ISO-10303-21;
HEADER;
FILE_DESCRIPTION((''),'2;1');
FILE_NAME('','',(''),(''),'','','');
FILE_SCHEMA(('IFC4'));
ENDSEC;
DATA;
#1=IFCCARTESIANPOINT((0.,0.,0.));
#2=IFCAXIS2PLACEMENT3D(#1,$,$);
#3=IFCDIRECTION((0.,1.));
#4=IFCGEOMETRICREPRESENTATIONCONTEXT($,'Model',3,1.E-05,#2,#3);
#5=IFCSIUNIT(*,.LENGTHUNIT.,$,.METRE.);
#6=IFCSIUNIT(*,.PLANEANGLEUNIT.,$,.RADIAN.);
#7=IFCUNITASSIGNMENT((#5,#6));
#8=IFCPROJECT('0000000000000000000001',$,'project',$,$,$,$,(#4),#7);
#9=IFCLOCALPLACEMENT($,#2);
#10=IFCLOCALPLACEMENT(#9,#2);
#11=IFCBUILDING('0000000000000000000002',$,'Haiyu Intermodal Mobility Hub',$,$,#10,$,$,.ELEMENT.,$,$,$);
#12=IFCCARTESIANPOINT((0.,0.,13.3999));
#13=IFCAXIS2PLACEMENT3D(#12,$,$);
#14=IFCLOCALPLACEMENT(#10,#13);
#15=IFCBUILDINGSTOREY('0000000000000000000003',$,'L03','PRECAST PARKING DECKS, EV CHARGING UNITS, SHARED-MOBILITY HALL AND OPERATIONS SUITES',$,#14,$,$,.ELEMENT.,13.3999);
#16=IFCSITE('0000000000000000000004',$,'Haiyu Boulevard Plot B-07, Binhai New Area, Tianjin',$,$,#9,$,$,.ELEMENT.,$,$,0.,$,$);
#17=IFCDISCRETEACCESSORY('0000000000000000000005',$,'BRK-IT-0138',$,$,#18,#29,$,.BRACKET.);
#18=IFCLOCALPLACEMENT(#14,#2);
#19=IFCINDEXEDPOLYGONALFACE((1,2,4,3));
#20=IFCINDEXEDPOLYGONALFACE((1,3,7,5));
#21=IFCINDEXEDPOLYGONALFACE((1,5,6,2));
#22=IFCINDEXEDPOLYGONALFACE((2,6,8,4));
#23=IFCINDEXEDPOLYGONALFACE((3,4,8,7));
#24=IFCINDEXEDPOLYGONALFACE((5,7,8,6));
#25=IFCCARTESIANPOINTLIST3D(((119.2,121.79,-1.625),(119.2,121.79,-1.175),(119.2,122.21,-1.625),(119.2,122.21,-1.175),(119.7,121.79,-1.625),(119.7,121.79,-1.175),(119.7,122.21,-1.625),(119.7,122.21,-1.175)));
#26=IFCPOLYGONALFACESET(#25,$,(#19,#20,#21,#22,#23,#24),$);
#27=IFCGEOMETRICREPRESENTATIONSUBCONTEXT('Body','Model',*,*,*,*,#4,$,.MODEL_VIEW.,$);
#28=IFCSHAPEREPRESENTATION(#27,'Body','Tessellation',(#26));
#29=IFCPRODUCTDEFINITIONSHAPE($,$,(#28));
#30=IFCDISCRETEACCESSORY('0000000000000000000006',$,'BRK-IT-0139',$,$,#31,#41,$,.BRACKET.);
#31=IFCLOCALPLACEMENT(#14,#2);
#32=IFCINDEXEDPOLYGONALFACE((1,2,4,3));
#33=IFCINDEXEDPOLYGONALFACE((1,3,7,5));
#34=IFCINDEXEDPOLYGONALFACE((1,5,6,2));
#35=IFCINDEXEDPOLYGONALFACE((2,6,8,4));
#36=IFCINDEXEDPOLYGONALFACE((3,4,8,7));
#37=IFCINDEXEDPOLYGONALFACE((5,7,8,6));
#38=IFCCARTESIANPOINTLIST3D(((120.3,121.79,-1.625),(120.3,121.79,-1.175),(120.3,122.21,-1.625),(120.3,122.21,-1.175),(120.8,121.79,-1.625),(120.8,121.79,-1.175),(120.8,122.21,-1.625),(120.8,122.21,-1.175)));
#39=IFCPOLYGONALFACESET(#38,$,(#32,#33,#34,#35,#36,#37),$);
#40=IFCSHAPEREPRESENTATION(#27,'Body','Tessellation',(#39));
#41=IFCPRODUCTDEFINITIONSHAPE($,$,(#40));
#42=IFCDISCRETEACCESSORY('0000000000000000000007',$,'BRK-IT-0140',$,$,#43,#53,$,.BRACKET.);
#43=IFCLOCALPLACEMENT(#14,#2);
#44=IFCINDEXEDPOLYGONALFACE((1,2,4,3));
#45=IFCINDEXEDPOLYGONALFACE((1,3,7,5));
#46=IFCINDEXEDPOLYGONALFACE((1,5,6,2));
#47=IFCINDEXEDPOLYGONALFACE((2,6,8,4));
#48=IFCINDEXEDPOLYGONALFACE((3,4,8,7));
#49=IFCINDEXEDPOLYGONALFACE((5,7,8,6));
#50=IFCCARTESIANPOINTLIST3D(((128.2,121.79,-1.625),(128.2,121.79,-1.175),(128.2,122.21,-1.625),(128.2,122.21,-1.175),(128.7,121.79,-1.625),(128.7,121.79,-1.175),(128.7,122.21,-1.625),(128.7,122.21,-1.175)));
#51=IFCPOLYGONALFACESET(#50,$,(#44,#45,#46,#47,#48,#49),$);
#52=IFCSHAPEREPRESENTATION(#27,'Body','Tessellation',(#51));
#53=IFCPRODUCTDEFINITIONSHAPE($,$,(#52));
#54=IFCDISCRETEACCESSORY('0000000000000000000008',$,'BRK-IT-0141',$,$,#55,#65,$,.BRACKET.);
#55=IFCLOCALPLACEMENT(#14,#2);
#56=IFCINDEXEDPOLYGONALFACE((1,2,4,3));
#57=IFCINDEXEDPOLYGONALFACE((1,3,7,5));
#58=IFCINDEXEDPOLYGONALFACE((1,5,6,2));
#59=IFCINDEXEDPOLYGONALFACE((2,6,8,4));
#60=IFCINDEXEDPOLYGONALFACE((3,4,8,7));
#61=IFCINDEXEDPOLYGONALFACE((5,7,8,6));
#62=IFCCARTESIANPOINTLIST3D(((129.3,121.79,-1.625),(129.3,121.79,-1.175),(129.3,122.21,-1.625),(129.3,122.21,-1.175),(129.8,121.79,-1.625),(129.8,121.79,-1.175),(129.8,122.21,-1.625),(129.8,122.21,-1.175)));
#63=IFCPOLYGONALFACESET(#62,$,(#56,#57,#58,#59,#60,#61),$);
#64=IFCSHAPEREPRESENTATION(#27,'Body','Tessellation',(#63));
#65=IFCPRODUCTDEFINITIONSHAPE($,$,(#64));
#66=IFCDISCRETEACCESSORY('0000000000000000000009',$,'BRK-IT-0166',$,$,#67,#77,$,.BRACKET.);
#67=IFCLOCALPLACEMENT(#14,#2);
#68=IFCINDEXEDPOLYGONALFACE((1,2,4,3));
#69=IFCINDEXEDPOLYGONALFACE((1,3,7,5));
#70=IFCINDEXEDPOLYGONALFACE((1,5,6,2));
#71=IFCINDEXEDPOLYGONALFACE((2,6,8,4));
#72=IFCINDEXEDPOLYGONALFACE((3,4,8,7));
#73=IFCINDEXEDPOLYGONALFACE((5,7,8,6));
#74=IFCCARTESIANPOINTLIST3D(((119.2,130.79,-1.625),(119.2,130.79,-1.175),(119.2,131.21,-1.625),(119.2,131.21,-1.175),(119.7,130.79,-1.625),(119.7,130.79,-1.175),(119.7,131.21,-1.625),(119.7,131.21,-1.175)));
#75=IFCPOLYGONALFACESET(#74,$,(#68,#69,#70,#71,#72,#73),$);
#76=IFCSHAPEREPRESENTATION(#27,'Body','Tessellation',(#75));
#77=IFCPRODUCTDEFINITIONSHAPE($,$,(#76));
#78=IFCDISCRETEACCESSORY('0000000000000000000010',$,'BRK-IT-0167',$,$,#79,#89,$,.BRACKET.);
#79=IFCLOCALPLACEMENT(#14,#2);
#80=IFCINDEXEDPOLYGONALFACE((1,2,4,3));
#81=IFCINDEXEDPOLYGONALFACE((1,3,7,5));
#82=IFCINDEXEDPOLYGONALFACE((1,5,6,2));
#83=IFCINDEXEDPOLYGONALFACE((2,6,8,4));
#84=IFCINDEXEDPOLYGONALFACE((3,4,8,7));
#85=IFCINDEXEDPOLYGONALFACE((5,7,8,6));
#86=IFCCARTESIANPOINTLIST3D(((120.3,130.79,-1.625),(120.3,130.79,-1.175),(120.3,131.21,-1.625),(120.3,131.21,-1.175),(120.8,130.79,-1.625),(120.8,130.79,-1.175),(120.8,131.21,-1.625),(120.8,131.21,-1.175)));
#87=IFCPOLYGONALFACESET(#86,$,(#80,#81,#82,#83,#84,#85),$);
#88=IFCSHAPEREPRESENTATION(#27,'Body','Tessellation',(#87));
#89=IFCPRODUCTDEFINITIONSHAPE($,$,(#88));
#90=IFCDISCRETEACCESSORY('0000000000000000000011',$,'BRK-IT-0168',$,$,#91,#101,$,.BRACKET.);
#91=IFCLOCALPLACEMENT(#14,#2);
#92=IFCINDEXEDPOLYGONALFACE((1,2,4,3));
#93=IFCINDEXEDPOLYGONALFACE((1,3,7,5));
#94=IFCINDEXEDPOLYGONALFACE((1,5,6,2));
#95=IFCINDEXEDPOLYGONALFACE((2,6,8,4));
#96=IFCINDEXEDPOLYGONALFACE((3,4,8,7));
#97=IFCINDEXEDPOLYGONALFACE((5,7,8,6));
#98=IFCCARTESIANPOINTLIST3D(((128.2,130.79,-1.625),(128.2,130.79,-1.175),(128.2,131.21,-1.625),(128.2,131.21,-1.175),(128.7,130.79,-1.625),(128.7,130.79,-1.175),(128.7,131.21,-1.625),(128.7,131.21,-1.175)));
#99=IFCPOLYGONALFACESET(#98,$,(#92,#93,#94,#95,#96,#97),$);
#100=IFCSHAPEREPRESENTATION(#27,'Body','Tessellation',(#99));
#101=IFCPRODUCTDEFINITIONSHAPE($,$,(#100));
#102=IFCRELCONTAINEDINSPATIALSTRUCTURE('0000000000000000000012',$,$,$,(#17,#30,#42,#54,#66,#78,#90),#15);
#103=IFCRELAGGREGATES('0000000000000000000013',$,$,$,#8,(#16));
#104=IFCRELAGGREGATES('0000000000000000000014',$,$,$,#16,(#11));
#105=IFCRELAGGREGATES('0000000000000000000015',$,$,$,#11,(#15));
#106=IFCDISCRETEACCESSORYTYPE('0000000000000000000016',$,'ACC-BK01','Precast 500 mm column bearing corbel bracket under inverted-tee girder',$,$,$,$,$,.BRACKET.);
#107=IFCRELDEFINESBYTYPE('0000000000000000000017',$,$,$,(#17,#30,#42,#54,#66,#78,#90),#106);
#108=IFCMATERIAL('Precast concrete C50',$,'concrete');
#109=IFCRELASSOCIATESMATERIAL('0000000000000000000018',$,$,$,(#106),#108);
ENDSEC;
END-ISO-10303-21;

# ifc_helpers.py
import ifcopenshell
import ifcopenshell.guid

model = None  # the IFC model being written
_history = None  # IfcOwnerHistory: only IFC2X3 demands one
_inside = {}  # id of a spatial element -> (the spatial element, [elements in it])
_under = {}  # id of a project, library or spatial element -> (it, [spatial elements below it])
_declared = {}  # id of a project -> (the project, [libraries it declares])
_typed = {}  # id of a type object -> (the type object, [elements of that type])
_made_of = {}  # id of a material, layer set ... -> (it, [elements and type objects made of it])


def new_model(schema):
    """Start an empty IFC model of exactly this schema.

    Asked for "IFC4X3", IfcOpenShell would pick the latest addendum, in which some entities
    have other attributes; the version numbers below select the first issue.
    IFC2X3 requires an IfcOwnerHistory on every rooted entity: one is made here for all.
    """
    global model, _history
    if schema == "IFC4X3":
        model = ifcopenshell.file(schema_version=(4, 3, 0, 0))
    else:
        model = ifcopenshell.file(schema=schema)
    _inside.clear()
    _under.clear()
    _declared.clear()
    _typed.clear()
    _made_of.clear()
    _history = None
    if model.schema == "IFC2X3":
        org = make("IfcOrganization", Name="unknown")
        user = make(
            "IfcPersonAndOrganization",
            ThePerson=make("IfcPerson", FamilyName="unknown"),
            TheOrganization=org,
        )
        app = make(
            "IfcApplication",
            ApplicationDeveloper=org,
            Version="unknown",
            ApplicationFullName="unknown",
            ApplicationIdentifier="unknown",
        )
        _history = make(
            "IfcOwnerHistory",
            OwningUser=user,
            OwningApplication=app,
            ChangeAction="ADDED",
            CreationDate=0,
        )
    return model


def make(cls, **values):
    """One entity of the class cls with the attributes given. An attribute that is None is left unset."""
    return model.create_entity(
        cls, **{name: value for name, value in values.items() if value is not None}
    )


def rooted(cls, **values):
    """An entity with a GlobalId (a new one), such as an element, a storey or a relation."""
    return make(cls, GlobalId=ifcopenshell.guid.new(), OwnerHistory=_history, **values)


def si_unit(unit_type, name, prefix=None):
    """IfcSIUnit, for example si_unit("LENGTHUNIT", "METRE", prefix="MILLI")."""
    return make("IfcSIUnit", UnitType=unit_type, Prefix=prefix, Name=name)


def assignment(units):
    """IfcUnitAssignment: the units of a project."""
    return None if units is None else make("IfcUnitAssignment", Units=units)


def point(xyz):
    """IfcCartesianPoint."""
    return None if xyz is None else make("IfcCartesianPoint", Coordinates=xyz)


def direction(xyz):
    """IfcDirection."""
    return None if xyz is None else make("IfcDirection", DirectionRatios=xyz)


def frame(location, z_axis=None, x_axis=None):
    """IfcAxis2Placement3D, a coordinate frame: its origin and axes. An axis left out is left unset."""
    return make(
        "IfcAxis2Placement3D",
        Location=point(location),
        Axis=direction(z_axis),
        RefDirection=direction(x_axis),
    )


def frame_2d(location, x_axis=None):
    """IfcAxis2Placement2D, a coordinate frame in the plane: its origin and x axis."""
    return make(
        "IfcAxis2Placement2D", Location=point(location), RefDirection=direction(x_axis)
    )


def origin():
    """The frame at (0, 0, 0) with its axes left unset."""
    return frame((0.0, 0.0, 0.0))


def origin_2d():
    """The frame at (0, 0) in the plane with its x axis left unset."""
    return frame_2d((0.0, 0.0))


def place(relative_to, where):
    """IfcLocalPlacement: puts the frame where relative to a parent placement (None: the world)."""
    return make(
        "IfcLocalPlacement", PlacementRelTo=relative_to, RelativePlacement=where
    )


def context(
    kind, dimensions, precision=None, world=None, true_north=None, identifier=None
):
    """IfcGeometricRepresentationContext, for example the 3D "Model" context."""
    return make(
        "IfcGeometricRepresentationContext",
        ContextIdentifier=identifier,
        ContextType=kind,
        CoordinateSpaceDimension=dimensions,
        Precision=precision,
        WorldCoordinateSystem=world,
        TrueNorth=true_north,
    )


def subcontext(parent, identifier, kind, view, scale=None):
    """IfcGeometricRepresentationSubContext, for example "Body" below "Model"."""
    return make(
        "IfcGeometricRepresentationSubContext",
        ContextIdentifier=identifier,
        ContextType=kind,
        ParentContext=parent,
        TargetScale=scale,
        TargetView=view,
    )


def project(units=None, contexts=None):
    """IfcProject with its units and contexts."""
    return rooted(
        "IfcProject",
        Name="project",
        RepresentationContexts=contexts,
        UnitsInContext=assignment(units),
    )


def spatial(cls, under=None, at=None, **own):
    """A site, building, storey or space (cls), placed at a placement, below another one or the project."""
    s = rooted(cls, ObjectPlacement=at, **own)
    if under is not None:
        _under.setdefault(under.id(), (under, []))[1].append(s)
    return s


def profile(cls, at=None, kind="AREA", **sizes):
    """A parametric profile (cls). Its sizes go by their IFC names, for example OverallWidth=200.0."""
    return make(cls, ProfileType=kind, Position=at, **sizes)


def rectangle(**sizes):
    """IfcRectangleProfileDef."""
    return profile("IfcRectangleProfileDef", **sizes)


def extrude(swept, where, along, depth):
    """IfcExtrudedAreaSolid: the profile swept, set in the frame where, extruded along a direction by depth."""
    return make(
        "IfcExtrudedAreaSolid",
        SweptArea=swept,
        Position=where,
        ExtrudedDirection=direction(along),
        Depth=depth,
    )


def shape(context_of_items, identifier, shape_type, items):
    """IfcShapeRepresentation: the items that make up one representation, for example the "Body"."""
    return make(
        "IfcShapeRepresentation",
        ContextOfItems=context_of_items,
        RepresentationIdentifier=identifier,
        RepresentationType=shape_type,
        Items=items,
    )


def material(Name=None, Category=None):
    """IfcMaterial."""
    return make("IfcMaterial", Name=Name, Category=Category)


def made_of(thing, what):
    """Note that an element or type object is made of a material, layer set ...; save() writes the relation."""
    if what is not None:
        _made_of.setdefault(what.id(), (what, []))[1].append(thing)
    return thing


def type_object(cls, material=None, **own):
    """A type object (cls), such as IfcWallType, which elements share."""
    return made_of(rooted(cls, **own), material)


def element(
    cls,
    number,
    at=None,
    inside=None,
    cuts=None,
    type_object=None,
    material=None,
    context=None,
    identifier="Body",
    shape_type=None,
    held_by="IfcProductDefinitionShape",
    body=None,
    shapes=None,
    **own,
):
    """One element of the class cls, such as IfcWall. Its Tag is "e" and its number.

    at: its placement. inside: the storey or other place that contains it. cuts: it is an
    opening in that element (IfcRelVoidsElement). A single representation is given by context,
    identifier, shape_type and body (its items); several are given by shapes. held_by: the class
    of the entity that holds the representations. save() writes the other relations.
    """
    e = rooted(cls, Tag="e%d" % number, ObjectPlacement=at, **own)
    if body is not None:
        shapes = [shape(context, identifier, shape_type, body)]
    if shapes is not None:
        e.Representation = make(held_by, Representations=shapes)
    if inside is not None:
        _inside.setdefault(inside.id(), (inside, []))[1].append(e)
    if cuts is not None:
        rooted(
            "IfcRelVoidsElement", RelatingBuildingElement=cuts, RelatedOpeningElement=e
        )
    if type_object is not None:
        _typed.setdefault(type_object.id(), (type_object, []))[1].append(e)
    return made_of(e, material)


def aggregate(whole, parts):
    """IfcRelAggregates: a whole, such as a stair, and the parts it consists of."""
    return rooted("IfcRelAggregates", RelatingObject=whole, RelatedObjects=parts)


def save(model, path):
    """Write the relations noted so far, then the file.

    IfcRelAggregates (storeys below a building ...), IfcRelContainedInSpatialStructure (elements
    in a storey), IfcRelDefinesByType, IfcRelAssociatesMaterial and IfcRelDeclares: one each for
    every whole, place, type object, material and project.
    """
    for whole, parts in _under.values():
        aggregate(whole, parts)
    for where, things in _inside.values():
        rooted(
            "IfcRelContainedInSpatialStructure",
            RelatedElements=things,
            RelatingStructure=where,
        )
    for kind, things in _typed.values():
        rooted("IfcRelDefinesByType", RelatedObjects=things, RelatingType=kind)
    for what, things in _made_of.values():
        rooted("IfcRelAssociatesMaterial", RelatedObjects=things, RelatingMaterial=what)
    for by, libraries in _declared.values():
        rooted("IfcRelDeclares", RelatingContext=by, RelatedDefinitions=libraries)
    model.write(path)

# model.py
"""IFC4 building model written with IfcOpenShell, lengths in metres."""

from ifc_helpers import new_model, si_unit, direction, frame, origin, origin_2d, place, context, subcontext, project, spatial, rectangle, extrude, material, type_object, element, save


model = new_model("IFC4")

# Units and contexts
model_context = context("Model", 3, precision=1e-05, world=origin(), true_north=direction((0.0, 1.0)))
body_context = subcontext(model_context, "Body", "Model", "MODEL_VIEW")
ifc_project = project(units=[si_unit("LENGTHUNIT", "METRE"), si_unit("PLANEANGLEUNIT", "RADIAN")], contexts=[model_context])

# Site, building, storey
site_placement = place(None, origin())
site = spatial("IfcSite", under=ifc_project, at=site_placement, Name="Haiyu Boulevard Plot B-07, Binhai New Area, Tianjin", CompositionType="ELEMENT", RefElevation=0.0)
building_placement = place(site_placement, origin())
building = spatial("IfcBuilding", under=site, at=building_placement, Name="Haiyu Intermodal Mobility Hub", CompositionType="ELEMENT")
storey_placement = place(building_placement, frame((0.0, 0.0, 13.3999)))
storey = spatial("IfcBuildingStorey", under=building, at=storey_placement, Name="L03", Description="PRECAST PARKING DECKS, EV CHARGING UNITS, SHARED-MOBILITY HALL AND OPERATIONS SUITES", CompositionType="ELEMENT", Elevation=13.3999)

# Shared definitions
ifc_material_1 = material(Name="Precast concrete C50", Category="concrete")

# Discrete accessories
discrete_accessory_type = type_object("IfcDiscreteAccessoryType", Name="ACC-BK01", Description="Precast 500 mm column bearing corbel bracket under inverted-tee girder", PredefinedType="BRACKET", material=ifc_material_1)
for number, where, z_axis, x_axis, name in (
    (1, (119.45, 122.0, -1.625), (0.0, 0.0, 1.0), (1.0, 0.0, 0.0), "BRK-IT-0138"),
    (2, (120.55, 122.0, -1.625), (0.0, 0.0, 1.0), (1.0, 0.0, 0.0), "BRK-IT-0139"),
    (3, (128.45, 122.0, -1.625), (0.0, 0.0, 1.0), (1.0, 0.0, 0.0), "BRK-IT-0140"),
    (4, (129.55, 122.0, -1.625), (0.0, 0.0, 1.0), (1.0, 0.0, 0.0), "BRK-IT-0141"),
    (5, (119.45, 131.0, -1.625), (0.0, 0.0, 1.0), (1.0, 0.0, 0.0), "BRK-IT-0166"),
    (6, (120.55, 131.0, -1.625), (0.0, 0.0, 1.0), (1.0, 0.0, 0.0), "BRK-IT-0167"),
    (7, (128.45, 131.0, -1.625), (0.0, 0.0, 1.0), (1.0, 0.0, 0.0), "BRK-IT-0168"),
):
    element("IfcDiscreteAccessory", number, at=place(storey_placement, frame(where, z_axis=z_axis, x_axis=x_axis)), inside=storey, type_object=discrete_accessory_type, Name=name, PredefinedType="BRACKET", context=body_context, shape_type="SweptSolid", body=[
        extrude(rectangle(XDim=0.5, YDim=0.4199, at=origin_2d()), origin(), (0.0, 0.0, 1.0), 0.45),
    ])

save(model, "model.ifc")
